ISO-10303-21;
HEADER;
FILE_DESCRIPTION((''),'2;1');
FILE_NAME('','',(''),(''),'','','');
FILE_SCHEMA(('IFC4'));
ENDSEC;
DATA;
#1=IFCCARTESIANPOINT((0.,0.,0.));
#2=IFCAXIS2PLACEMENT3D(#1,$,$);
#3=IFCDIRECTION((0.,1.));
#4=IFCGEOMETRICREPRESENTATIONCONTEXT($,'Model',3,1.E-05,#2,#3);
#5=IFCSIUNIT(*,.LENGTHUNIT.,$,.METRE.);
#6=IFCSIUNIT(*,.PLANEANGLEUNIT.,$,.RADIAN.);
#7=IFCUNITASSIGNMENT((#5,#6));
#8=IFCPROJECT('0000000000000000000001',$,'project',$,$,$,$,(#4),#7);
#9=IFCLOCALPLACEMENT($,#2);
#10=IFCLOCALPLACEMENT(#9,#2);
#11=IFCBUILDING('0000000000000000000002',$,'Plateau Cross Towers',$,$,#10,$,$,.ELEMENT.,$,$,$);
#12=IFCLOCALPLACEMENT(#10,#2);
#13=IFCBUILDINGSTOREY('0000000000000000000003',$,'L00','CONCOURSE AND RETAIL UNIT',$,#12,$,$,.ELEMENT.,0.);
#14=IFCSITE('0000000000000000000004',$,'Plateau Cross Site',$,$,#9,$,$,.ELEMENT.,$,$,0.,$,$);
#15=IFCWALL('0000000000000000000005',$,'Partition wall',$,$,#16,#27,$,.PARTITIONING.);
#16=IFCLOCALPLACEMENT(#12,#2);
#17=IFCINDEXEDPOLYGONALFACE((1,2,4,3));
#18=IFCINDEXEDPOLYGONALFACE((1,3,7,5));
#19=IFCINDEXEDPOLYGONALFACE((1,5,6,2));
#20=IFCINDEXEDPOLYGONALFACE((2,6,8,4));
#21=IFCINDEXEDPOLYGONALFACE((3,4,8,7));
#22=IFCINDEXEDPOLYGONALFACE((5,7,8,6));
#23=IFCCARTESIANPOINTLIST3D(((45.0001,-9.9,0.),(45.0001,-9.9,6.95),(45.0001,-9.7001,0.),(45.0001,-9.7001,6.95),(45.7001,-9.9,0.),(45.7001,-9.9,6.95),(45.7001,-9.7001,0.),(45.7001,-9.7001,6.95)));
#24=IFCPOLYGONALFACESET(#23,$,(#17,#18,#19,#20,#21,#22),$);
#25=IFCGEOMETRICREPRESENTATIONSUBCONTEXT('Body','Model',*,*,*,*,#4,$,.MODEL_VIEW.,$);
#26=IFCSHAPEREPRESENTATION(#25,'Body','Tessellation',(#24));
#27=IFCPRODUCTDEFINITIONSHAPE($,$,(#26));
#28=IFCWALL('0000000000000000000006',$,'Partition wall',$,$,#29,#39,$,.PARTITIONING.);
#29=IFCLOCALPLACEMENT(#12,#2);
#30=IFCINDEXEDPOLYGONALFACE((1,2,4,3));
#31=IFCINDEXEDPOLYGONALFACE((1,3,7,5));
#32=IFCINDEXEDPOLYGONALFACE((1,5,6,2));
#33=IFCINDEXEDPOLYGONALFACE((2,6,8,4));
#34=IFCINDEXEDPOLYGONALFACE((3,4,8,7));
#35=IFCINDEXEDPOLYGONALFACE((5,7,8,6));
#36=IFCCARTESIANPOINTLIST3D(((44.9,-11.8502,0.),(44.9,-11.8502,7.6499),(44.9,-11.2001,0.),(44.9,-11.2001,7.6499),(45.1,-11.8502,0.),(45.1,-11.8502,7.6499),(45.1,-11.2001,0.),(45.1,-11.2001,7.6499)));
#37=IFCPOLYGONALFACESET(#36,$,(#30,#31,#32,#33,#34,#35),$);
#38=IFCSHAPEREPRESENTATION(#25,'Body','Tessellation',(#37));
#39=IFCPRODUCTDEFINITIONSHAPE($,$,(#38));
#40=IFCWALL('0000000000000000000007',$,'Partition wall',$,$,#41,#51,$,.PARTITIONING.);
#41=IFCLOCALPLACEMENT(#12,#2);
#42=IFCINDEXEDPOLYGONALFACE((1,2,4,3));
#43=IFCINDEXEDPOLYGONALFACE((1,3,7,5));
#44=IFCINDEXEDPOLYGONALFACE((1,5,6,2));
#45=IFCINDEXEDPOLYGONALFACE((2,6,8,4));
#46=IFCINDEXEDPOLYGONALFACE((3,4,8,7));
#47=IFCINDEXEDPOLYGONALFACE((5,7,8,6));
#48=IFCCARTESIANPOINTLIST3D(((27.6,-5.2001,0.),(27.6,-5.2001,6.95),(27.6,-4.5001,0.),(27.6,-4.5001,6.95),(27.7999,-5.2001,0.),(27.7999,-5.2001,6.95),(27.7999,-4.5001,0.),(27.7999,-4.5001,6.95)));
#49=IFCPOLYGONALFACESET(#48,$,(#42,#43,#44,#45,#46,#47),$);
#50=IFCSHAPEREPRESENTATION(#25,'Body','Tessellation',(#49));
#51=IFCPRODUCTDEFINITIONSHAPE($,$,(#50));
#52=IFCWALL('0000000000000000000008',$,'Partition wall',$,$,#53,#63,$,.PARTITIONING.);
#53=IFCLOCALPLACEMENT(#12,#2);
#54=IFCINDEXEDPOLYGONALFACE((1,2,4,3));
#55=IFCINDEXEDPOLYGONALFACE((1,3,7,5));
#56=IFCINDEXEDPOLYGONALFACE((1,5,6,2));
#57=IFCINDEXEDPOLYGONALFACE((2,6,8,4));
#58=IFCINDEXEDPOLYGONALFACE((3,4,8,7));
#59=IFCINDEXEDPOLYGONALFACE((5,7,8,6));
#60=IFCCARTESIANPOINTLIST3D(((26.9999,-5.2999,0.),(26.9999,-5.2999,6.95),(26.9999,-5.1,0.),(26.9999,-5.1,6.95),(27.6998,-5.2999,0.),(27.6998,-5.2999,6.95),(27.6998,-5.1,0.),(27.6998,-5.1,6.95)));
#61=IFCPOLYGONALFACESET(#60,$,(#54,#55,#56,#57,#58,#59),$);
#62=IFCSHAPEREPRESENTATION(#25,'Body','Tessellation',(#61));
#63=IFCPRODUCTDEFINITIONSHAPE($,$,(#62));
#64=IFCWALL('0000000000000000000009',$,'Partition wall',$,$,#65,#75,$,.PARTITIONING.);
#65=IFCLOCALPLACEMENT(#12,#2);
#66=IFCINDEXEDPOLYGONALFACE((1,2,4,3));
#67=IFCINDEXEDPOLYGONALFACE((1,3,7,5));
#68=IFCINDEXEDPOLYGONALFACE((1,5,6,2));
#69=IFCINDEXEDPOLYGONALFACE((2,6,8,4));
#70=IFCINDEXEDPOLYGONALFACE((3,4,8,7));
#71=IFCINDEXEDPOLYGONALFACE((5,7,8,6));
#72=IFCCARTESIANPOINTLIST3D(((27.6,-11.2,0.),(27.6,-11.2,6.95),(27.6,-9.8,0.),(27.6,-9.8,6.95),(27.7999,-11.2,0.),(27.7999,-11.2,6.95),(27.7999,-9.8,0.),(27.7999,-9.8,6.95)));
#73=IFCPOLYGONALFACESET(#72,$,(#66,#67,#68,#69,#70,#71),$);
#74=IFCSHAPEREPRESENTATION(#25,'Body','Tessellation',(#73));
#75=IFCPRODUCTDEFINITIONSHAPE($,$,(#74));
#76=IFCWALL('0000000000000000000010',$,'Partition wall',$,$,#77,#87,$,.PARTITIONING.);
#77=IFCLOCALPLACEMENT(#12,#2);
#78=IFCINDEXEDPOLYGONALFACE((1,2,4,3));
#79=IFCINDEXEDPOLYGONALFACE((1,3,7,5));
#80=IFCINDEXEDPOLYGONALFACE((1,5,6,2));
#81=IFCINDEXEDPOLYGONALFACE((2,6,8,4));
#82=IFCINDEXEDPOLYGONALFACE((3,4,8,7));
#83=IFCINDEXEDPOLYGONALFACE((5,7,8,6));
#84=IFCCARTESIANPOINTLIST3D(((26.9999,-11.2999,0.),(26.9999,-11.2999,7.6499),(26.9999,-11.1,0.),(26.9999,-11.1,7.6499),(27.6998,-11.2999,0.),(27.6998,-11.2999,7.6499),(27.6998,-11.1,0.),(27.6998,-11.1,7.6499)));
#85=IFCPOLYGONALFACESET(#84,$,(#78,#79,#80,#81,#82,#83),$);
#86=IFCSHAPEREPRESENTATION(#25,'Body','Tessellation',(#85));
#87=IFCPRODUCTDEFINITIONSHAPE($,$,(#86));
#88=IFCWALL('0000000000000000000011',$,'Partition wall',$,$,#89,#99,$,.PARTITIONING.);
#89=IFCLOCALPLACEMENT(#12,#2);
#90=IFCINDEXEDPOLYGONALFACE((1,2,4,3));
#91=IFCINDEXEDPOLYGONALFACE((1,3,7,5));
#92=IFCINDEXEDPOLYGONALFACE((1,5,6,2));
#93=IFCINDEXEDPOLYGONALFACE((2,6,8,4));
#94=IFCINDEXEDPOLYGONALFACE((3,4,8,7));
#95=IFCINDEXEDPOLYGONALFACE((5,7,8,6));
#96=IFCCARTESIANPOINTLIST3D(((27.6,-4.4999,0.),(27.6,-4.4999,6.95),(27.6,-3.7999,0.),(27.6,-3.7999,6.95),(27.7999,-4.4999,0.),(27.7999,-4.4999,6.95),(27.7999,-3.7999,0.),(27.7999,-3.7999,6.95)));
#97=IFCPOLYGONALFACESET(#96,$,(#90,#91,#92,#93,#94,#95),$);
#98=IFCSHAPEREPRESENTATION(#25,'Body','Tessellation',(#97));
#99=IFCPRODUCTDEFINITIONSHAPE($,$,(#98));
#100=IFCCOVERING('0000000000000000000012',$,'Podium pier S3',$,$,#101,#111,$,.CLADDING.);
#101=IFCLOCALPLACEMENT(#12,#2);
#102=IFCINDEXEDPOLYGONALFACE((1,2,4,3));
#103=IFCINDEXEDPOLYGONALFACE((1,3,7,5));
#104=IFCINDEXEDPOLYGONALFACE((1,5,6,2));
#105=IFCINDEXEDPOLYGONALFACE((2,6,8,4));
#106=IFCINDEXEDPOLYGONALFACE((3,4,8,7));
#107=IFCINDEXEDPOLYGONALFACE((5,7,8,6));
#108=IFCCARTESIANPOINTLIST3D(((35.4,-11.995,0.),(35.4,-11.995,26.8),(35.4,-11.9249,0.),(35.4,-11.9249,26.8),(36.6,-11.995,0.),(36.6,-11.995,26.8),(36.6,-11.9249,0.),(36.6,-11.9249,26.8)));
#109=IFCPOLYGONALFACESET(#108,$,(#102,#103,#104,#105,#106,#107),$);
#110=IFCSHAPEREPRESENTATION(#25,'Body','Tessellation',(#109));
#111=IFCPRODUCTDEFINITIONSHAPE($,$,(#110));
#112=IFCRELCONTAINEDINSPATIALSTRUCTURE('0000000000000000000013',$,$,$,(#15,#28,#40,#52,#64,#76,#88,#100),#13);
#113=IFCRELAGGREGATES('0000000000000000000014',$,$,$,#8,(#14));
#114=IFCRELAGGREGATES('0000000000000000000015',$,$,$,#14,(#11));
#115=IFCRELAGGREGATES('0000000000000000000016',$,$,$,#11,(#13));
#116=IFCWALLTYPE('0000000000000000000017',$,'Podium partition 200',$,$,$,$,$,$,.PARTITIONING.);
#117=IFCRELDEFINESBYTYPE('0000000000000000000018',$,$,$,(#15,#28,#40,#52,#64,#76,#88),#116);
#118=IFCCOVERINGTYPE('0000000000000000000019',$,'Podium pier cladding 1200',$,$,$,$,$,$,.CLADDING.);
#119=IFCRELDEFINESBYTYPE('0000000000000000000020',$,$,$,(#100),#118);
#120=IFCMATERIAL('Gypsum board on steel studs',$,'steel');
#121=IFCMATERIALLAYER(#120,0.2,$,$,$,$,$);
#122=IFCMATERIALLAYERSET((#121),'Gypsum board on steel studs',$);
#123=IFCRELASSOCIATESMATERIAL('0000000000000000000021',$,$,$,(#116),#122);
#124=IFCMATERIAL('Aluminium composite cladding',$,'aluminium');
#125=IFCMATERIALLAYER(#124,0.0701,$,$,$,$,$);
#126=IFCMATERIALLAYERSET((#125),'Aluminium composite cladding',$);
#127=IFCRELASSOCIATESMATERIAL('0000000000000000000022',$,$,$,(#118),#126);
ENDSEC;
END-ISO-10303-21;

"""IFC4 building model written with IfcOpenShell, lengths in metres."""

from ifc_helpers import new_model, si_unit, direction, frame, frame_2d, origin, origin_2d, place, context, subcontext, project, spatial, rectangle, extrude, material, layer, layer_set, type_object, element, save


model = new_model("IFC4")

# Units and contexts
model_context = context("Model", 3, precision=1e-05, world=origin(), true_north=direction((0.0, 1.0)))
body_context = subcontext(model_context, "Body", "Model", "MODEL_VIEW")
ifc_project = project(units=[si_unit("LENGTHUNIT", "METRE"), si_unit("PLANEANGLEUNIT", "RADIAN")], contexts=[model_context])

# Site, building, storey
site_placement = place(None, origin())
site = spatial("IfcSite", under=ifc_project, at=site_placement, Name="Plateau Cross Site", CompositionType="ELEMENT", RefElevation=0.0)
building_placement = place(site_placement, origin())
building = spatial("IfcBuilding", under=site, at=building_placement, Name="Plateau Cross Towers", CompositionType="ELEMENT")
storey_placement = place(building_placement, origin())
storey = spatial("IfcBuildingStorey", under=building, at=storey_placement, Name="L00", Description="CONCOURSE AND RETAIL UNIT", CompositionType="ELEMENT", Elevation=0.0)

# Shared definitions
ifc_material_1 = material(Name="Gypsum board on steel studs", Category="steel")
ifc_layer_1 = layer(ifc_material_1, 0.2)
ifc_layer_set_1 = layer_set([ifc_layer_1], Name="Gypsum board on steel studs")
wall_type = type_object("IfcWallType", Name="Podium partition 200", PredefinedType="PARTITIONING", material=ifc_layer_set_1)

# Walls
wall_1_placement = place(storey_placement, frame((45.0, -9.8, 0.0), z_axis=(0.0, 0.0, 1.0), x_axis=(1.0, 0.0, 0.0)))
element("IfcWall", 1, at=wall_1_placement, inside=storey, type_object=wall_type, Name="Partition wall", PredefinedType="PARTITIONING", context=body_context, shape_type="SweptSolid", body=[
    extrude(rectangle(XDim=0.7, YDim=0.2, at=frame_2d((0.3501, 0.0))), origin(), (0.0, 0.0, 1.0), 6.95),
])
wall_2_placement = place(storey_placement, frame((45.0, -11.2, 0.0), z_axis=(0.0, 0.0, 1.0), x_axis=(0.0, -1.0, 0.0)))
element("IfcWall", 2, at=wall_2_placement, inside=storey, type_object=wall_type, Name="Partition wall", PredefinedType="PARTITIONING", context=body_context, shape_type="SweptSolid", body=[
    extrude(rectangle(XDim=0.6501, YDim=0.2, at=frame_2d((0.3252, 0.0))), origin(), (0.0, 0.0, 1.0), 7.6499),
])
for number, where, z_axis, x_axis, name in (
    (3, (27.7, -4.5, 0.0), (0.0, 0.0, 1.0), (0.0, -1.0, 0.0), "Partition wall"),
    (4, (27.7, -5.2, 0.0), (0.0, 0.0, 1.0), (-1.0, 0.0, 0.0), "Partition wall"),
):
    element("IfcWall", number, at=place(storey_placement, frame(where, z_axis=z_axis, x_axis=x_axis)), inside=storey, type_object=wall_type, Name=name, PredefinedType="PARTITIONING", context=body_context, shape_type="SweptSolid", body=[
        extrude(rectangle(XDim=0.7, YDim=0.2, at=frame_2d((0.3501, 0.0))), origin(), (0.0, 0.0, 1.0), 6.95),
    ])
wall_3_placement = place(storey_placement, frame((27.7, -9.8, 0.0), z_axis=(0.0, 0.0, 1.0), x_axis=(0.0, -1.0, 0.0)))
element("IfcWall", 5, at=wall_3_placement, inside=storey, type_object=wall_type, Name="Partition wall", PredefinedType="PARTITIONING", context=body_context, shape_type="SweptSolid", body=[
    extrude(rectangle(XDim=1.3999, YDim=0.2, at=frame_2d((0.7, 0.0))), origin(), (0.0, 0.0, 1.0), 6.95),
])
wall_4_placement = place(storey_placement, frame((27.7, -11.2, 0.0), z_axis=(0.0, 0.0, 1.0), x_axis=(-1.0, 0.0, 0.0)))
element("IfcWall", 6, at=wall_4_placement, inside=storey, type_object=wall_type, Name="Partition wall", PredefinedType="PARTITIONING", context=body_context, shape_type="SweptSolid", body=[
    extrude(rectangle(XDim=0.7, YDim=0.2, at=frame_2d((0.3501, 0.0))), origin(), (0.0, 0.0, 1.0), 7.6499),
])
wall_5_placement = place(storey_placement, frame((27.7, -4.5, 0.0), z_axis=(0.0, 0.0, 1.0), x_axis=(0.0, 1.0, 0.0)))
element("IfcWall", 7, at=wall_5_placement, inside=storey, type_object=wall_type, Name="Partition wall", PredefinedType="PARTITIONING", context=body_context, shape_type="SweptSolid", body=[
    extrude(rectangle(XDim=0.7, YDim=0.2, at=frame_2d((0.3501, 0.0))), origin(), (0.0, 0.0, 1.0), 6.95),
])

# Covering
ifc_material_2 = material(Name="Aluminium composite cladding", Category="aluminium")
ifc_layer_2 = layer(ifc_material_2, 0.0701)
ifc_layer_set_2 = layer_set([ifc_layer_2], Name="Aluminium composite cladding")
covering_type = type_object("IfcCoveringType", Name="Podium pier cladding 1200", PredefinedType="CLADDING", material=ifc_layer_set_2)
covering_placement = place(storey_placement, frame((36.0, -11.96, 0.0), z_axis=(0.0, 0.0, 1.0), x_axis=(1.0, 0.0, 0.0)))
element("IfcCovering", 8, at=covering_placement, inside=storey, type_object=covering_type, Name="Podium pier S3", PredefinedType="CLADDING", context=body_context, shape_type="SweptSolid", body=[
    extrude(rectangle(XDim=1.2, YDim=0.0701, at=origin_2d()), origin(), (0.0, 0.0, 1.0), 26.8),
])

save(model, "model.ifc")
